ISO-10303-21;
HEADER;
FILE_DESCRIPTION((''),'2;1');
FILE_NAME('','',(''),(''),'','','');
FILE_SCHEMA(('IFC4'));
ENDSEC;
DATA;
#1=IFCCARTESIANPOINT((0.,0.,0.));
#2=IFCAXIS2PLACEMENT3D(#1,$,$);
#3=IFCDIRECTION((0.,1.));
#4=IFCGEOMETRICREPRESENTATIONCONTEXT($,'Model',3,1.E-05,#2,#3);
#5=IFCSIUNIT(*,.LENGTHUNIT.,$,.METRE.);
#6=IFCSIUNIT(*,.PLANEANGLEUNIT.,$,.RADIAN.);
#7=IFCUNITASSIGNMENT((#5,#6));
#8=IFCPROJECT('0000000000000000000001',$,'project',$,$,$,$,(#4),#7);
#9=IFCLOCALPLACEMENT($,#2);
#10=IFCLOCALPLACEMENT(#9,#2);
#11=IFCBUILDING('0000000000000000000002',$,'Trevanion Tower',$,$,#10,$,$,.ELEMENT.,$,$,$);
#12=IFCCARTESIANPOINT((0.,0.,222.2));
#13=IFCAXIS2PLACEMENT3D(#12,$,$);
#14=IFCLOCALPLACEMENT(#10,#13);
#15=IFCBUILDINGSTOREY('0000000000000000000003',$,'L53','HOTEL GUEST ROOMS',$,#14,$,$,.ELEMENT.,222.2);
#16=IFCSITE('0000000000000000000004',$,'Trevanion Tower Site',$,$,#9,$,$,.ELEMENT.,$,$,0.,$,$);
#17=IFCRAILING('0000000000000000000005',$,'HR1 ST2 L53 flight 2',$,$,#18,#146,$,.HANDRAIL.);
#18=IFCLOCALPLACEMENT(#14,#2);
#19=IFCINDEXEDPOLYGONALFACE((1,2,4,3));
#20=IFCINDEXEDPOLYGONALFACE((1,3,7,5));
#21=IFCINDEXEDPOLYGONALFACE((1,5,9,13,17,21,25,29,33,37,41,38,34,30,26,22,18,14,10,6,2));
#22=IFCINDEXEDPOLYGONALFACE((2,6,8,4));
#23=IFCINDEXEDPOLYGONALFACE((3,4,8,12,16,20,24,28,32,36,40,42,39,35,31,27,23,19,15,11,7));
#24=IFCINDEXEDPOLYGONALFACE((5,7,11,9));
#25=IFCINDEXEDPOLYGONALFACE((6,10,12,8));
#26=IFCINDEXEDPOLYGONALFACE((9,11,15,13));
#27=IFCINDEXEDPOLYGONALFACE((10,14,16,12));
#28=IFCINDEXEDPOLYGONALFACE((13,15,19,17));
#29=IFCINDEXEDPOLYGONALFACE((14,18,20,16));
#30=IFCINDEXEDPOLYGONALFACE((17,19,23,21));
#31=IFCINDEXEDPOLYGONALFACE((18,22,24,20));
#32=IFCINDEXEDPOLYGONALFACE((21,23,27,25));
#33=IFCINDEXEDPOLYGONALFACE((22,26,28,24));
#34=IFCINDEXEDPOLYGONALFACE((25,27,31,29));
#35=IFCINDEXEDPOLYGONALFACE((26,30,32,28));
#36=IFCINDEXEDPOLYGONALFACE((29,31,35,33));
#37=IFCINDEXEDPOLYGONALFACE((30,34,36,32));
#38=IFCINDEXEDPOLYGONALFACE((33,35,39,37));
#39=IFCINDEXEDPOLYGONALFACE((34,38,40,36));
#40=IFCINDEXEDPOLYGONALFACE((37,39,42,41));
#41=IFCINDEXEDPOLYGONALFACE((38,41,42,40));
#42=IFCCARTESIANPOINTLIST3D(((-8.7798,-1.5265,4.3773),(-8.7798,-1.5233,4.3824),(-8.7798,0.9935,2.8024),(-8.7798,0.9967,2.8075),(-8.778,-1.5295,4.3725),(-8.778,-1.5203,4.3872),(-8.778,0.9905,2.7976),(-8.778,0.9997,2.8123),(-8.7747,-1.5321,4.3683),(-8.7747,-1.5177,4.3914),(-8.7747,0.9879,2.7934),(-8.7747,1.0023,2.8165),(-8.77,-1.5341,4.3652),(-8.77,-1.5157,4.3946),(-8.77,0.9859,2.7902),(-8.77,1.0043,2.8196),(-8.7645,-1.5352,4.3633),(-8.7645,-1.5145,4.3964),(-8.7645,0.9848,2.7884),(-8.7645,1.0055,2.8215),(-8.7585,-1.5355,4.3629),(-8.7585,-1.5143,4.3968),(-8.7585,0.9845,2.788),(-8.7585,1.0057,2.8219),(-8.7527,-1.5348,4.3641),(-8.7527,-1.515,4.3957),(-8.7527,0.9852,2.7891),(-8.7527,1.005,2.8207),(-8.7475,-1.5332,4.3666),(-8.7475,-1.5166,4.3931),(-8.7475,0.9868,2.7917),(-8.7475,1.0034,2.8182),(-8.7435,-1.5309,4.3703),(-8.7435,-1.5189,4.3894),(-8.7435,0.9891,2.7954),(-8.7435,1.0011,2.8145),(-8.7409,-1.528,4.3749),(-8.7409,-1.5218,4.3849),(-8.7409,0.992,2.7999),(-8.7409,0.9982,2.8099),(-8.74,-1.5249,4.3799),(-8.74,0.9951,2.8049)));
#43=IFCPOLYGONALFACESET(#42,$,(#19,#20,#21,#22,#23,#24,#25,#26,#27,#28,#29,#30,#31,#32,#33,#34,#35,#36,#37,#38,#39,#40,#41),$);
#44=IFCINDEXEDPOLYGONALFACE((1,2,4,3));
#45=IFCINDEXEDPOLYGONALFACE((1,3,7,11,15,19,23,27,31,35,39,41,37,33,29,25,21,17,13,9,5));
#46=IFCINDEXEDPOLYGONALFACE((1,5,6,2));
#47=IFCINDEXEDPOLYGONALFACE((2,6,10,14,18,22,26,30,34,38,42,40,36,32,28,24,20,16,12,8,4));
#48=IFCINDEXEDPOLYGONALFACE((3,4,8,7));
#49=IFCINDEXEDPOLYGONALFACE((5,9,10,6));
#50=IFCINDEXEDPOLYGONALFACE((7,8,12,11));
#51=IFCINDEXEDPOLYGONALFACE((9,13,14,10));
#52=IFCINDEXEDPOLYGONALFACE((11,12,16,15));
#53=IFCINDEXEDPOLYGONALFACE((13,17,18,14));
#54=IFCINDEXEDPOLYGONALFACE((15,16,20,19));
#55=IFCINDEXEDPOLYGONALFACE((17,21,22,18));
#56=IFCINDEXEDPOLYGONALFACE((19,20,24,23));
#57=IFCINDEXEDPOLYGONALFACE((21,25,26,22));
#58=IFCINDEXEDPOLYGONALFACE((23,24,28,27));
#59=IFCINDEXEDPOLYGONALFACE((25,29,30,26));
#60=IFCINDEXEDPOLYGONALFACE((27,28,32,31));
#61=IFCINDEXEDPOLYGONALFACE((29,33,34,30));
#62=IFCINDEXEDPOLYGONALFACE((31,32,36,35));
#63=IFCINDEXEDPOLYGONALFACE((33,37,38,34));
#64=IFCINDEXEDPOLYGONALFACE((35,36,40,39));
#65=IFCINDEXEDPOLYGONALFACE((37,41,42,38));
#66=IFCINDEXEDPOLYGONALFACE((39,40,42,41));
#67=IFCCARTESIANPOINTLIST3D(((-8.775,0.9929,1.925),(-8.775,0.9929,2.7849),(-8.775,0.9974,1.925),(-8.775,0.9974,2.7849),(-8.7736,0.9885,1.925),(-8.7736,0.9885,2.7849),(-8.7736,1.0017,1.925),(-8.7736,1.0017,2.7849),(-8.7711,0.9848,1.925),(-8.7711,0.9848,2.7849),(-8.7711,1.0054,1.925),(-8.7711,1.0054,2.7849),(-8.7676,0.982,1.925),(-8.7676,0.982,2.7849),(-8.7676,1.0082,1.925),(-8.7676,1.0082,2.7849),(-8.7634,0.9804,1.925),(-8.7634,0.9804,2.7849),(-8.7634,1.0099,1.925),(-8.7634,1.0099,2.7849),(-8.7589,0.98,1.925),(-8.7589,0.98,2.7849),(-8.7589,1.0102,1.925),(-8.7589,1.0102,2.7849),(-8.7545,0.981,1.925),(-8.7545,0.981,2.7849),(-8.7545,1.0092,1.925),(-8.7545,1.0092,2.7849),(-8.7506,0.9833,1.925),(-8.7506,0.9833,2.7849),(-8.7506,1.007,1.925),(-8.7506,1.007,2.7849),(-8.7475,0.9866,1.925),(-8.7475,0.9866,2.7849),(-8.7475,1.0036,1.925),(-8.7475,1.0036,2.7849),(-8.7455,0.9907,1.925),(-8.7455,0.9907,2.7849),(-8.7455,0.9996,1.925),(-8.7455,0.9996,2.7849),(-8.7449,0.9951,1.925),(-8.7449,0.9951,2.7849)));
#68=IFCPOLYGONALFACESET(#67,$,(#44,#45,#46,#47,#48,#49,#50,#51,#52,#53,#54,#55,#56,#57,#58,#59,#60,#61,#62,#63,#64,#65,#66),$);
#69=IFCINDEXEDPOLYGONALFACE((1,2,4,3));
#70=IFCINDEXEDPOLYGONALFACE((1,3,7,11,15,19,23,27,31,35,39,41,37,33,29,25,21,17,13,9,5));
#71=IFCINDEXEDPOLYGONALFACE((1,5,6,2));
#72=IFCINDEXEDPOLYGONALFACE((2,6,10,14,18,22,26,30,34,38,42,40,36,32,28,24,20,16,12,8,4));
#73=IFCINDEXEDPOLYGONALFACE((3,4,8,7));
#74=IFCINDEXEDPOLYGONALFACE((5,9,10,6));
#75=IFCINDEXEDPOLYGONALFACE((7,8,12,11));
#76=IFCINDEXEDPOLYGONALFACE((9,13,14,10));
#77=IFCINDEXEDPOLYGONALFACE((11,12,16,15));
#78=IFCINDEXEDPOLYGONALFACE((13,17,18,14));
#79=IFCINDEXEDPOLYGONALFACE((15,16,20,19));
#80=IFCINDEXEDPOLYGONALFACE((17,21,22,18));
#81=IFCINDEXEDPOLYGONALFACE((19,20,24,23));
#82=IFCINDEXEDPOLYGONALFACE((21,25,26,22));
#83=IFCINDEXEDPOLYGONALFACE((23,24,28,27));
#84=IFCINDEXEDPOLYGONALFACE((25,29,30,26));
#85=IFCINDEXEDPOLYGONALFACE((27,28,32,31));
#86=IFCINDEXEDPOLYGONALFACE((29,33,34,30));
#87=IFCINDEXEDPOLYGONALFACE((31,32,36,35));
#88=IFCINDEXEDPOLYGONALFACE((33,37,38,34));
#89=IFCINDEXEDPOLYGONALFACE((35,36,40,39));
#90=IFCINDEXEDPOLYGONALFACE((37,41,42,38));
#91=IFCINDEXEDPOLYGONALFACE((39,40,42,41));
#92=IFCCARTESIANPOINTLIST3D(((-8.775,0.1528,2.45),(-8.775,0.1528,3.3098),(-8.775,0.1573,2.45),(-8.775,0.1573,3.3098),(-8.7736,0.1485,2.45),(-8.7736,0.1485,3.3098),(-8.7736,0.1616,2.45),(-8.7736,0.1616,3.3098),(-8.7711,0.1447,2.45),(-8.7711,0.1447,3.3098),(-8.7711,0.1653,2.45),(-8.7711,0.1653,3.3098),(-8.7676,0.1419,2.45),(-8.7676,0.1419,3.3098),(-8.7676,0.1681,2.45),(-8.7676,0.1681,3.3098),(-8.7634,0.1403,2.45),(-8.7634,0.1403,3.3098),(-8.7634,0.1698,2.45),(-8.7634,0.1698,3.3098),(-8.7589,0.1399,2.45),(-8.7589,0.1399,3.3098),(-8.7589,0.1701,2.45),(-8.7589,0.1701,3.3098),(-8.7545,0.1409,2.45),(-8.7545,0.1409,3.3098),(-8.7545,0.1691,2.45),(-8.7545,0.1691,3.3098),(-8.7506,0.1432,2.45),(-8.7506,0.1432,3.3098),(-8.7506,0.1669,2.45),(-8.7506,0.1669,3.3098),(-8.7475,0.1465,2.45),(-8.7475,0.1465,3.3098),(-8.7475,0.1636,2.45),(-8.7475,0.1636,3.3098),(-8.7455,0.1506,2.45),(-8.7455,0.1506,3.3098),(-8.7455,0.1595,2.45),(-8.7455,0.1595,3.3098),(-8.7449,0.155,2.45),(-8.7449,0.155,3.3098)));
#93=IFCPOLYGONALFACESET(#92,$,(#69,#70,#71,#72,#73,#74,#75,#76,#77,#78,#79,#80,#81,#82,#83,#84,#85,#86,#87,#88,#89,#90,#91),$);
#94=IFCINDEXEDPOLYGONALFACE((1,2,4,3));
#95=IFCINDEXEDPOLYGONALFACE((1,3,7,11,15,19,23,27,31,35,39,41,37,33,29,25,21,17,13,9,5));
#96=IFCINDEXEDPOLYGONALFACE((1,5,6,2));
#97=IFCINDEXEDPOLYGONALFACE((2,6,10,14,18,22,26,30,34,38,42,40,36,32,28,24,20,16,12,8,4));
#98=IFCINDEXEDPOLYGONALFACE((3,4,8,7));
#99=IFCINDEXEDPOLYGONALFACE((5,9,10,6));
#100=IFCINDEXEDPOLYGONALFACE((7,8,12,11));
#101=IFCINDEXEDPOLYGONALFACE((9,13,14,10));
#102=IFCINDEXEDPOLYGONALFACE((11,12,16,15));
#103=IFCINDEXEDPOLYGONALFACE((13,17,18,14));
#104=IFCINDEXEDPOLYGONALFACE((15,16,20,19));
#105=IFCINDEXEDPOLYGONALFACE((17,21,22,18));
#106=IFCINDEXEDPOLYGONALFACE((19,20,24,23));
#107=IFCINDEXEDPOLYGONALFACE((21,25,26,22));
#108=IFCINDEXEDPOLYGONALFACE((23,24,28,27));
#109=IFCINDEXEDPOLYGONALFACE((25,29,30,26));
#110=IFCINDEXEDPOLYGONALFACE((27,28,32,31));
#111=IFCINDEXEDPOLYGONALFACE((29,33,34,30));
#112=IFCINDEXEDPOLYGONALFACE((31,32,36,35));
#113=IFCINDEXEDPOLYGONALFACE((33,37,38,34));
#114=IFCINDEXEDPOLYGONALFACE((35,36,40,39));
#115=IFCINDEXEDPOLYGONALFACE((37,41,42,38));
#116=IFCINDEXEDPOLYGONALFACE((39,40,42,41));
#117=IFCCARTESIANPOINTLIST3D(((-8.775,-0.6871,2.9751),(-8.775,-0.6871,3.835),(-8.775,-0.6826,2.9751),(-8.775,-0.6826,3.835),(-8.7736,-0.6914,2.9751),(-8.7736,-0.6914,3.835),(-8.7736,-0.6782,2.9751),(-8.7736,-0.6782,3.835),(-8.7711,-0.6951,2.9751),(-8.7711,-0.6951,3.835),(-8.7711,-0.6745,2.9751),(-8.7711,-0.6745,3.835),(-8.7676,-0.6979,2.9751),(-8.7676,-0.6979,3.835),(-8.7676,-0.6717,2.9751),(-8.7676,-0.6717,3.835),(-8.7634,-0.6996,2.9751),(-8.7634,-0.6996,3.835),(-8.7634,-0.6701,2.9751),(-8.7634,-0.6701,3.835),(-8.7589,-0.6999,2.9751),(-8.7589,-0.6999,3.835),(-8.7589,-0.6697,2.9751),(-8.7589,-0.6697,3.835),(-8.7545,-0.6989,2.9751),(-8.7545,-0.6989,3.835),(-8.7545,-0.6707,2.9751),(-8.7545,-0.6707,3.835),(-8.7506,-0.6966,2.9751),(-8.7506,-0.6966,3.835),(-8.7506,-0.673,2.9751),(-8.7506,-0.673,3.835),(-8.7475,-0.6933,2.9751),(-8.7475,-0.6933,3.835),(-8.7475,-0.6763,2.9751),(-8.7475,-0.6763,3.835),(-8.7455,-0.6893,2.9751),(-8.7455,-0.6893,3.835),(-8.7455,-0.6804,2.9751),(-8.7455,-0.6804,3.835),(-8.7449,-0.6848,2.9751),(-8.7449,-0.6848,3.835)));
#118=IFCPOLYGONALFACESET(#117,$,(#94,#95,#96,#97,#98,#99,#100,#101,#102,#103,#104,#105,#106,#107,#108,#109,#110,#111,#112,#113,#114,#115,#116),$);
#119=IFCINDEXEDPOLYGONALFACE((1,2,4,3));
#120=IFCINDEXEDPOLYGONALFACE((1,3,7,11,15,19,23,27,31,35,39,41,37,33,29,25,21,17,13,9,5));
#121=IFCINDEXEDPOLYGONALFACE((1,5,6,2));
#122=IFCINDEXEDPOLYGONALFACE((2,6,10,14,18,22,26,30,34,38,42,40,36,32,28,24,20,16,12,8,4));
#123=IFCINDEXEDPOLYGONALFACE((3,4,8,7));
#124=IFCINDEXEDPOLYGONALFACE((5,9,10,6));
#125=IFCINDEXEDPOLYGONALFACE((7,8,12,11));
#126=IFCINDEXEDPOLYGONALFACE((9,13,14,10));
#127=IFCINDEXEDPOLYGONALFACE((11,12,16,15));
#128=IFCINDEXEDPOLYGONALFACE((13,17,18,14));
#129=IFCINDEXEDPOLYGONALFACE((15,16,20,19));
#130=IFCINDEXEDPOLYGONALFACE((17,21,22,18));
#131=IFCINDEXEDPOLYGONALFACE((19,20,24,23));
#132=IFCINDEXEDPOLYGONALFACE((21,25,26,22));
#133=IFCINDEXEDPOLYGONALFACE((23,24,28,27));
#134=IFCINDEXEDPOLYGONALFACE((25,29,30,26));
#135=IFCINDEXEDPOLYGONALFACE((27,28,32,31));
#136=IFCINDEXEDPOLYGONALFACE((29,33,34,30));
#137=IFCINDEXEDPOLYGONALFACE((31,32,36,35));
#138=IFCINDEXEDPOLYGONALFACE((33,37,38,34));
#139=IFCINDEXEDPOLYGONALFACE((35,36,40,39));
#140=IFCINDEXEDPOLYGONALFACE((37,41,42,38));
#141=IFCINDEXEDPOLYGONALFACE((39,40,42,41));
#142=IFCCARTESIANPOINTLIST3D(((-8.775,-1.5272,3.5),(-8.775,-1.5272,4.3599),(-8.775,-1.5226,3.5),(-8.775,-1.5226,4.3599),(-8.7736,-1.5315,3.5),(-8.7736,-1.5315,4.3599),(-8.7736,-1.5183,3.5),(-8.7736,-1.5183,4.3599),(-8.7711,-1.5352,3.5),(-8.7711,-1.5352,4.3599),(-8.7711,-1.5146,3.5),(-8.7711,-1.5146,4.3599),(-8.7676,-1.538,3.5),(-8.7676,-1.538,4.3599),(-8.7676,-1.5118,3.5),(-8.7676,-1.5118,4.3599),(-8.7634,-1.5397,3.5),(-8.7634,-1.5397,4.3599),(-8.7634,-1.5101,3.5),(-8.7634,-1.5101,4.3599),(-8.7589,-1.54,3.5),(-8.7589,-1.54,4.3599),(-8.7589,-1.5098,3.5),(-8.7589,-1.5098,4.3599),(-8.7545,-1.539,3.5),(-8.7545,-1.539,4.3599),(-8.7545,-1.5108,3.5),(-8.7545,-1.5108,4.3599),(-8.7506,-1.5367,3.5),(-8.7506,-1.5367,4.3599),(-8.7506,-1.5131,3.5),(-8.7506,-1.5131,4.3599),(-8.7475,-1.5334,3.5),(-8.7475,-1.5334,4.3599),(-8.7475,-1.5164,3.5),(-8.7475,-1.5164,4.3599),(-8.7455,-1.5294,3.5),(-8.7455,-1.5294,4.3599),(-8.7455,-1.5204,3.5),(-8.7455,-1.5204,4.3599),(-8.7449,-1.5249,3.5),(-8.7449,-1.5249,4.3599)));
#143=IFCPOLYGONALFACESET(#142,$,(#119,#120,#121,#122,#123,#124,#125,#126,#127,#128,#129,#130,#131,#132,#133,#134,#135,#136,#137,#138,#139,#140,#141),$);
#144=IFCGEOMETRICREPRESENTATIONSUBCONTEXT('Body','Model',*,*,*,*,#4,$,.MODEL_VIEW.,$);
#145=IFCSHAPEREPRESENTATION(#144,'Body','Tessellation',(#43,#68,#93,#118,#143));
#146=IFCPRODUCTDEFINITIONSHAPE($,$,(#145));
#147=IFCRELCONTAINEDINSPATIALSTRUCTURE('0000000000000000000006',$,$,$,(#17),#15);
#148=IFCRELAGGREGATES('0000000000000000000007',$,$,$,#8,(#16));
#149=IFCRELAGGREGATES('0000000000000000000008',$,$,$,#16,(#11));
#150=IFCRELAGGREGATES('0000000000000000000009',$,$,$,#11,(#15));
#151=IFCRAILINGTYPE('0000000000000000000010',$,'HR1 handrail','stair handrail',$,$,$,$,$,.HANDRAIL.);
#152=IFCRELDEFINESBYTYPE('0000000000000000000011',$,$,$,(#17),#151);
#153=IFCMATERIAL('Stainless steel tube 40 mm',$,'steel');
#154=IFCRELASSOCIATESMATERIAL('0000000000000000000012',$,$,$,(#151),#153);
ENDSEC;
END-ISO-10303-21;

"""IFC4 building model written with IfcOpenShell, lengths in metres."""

from ifc_helpers import new_model, si_unit, direction, frame, origin, origin_2d, place, context, subcontext, project, spatial, circle, extrude, material, type_object, element, save


model = new_model("IFC4")

# Units and contexts
model_context = context("Model", 3, precision=1e-05, world=origin(), true_north=direction((0.0, 1.0)))
body_context = subcontext(model_context, "Body", "Model", "MODEL_VIEW")
ifc_project = project(units=[si_unit("LENGTHUNIT", "METRE"), si_unit("PLANEANGLEUNIT", "RADIAN")], contexts=[model_context])

# Site, building, storey
site_placement = place(None, origin())
site = spatial("IfcSite", under=ifc_project, at=site_placement, Name="Trevanion Tower Site", CompositionType="ELEMENT", RefElevation=0.0)
building_placement = place(site_placement, origin())
building = spatial("IfcBuilding", under=site, at=building_placement, Name="Trevanion Tower", CompositionType="ELEMENT")
storey_placement = place(building_placement, frame((0.0, 0.0, 222.2)))
storey = spatial("IfcBuildingStorey", under=building, at=storey_placement, Name="L53", Description="HOTEL GUEST ROOMS", CompositionType="ELEMENT", Elevation=222.2)

# Railing
ifc_material_1 = material(Name="Stainless steel tube 40 mm", Category="steel")
railing_type = type_object("IfcRailingType", Name="HR1 handrail", Description="stair handrail", PredefinedType="HANDRAIL", material=ifc_material_1)
for number, where, name in (
    (1, (-8.76, 0.9951, 1.925), "HR1 ST2 L53 flight 2"),
):
    element("IfcRailing", number, at=place(storey_placement, frame(where)), inside=storey, type_object=railing_type, Name=name, PredefinedType="HANDRAIL", context=body_context, shape_type="SweptSolid", body=[
        extrude(circle(Radius=0.02, at=origin_2d()), frame((0.0, 0.0, 0.8799), z_axis=(0.0, -0.848008, 0.529984), x_axis=(1.0, 0.0, 0.0)), (0.0, 0.0, 1.0), 2.9717),
        extrude(circle(Radius=0.0151, at=origin_2d()), origin(), (0.0, 0.0, 1.0), 0.8599),
        extrude(circle(Radius=0.0151, at=origin_2d()), frame((0.0, -0.8401, 0.5249)), (0.0, 0.0, 1.0), 0.8599),
        extrude(circle(Radius=0.0151, at=origin_2d()), frame((0.0, -1.6799, 1.05)), (0.0, 0.0, 1.0), 0.8599),
        extrude(circle(Radius=0.0151, at=origin_2d()), frame((0.0, -2.52, 1.575)), (0.0, 0.0, 1.0), 0.8599),
    ])

save(model, "model.ifc")
